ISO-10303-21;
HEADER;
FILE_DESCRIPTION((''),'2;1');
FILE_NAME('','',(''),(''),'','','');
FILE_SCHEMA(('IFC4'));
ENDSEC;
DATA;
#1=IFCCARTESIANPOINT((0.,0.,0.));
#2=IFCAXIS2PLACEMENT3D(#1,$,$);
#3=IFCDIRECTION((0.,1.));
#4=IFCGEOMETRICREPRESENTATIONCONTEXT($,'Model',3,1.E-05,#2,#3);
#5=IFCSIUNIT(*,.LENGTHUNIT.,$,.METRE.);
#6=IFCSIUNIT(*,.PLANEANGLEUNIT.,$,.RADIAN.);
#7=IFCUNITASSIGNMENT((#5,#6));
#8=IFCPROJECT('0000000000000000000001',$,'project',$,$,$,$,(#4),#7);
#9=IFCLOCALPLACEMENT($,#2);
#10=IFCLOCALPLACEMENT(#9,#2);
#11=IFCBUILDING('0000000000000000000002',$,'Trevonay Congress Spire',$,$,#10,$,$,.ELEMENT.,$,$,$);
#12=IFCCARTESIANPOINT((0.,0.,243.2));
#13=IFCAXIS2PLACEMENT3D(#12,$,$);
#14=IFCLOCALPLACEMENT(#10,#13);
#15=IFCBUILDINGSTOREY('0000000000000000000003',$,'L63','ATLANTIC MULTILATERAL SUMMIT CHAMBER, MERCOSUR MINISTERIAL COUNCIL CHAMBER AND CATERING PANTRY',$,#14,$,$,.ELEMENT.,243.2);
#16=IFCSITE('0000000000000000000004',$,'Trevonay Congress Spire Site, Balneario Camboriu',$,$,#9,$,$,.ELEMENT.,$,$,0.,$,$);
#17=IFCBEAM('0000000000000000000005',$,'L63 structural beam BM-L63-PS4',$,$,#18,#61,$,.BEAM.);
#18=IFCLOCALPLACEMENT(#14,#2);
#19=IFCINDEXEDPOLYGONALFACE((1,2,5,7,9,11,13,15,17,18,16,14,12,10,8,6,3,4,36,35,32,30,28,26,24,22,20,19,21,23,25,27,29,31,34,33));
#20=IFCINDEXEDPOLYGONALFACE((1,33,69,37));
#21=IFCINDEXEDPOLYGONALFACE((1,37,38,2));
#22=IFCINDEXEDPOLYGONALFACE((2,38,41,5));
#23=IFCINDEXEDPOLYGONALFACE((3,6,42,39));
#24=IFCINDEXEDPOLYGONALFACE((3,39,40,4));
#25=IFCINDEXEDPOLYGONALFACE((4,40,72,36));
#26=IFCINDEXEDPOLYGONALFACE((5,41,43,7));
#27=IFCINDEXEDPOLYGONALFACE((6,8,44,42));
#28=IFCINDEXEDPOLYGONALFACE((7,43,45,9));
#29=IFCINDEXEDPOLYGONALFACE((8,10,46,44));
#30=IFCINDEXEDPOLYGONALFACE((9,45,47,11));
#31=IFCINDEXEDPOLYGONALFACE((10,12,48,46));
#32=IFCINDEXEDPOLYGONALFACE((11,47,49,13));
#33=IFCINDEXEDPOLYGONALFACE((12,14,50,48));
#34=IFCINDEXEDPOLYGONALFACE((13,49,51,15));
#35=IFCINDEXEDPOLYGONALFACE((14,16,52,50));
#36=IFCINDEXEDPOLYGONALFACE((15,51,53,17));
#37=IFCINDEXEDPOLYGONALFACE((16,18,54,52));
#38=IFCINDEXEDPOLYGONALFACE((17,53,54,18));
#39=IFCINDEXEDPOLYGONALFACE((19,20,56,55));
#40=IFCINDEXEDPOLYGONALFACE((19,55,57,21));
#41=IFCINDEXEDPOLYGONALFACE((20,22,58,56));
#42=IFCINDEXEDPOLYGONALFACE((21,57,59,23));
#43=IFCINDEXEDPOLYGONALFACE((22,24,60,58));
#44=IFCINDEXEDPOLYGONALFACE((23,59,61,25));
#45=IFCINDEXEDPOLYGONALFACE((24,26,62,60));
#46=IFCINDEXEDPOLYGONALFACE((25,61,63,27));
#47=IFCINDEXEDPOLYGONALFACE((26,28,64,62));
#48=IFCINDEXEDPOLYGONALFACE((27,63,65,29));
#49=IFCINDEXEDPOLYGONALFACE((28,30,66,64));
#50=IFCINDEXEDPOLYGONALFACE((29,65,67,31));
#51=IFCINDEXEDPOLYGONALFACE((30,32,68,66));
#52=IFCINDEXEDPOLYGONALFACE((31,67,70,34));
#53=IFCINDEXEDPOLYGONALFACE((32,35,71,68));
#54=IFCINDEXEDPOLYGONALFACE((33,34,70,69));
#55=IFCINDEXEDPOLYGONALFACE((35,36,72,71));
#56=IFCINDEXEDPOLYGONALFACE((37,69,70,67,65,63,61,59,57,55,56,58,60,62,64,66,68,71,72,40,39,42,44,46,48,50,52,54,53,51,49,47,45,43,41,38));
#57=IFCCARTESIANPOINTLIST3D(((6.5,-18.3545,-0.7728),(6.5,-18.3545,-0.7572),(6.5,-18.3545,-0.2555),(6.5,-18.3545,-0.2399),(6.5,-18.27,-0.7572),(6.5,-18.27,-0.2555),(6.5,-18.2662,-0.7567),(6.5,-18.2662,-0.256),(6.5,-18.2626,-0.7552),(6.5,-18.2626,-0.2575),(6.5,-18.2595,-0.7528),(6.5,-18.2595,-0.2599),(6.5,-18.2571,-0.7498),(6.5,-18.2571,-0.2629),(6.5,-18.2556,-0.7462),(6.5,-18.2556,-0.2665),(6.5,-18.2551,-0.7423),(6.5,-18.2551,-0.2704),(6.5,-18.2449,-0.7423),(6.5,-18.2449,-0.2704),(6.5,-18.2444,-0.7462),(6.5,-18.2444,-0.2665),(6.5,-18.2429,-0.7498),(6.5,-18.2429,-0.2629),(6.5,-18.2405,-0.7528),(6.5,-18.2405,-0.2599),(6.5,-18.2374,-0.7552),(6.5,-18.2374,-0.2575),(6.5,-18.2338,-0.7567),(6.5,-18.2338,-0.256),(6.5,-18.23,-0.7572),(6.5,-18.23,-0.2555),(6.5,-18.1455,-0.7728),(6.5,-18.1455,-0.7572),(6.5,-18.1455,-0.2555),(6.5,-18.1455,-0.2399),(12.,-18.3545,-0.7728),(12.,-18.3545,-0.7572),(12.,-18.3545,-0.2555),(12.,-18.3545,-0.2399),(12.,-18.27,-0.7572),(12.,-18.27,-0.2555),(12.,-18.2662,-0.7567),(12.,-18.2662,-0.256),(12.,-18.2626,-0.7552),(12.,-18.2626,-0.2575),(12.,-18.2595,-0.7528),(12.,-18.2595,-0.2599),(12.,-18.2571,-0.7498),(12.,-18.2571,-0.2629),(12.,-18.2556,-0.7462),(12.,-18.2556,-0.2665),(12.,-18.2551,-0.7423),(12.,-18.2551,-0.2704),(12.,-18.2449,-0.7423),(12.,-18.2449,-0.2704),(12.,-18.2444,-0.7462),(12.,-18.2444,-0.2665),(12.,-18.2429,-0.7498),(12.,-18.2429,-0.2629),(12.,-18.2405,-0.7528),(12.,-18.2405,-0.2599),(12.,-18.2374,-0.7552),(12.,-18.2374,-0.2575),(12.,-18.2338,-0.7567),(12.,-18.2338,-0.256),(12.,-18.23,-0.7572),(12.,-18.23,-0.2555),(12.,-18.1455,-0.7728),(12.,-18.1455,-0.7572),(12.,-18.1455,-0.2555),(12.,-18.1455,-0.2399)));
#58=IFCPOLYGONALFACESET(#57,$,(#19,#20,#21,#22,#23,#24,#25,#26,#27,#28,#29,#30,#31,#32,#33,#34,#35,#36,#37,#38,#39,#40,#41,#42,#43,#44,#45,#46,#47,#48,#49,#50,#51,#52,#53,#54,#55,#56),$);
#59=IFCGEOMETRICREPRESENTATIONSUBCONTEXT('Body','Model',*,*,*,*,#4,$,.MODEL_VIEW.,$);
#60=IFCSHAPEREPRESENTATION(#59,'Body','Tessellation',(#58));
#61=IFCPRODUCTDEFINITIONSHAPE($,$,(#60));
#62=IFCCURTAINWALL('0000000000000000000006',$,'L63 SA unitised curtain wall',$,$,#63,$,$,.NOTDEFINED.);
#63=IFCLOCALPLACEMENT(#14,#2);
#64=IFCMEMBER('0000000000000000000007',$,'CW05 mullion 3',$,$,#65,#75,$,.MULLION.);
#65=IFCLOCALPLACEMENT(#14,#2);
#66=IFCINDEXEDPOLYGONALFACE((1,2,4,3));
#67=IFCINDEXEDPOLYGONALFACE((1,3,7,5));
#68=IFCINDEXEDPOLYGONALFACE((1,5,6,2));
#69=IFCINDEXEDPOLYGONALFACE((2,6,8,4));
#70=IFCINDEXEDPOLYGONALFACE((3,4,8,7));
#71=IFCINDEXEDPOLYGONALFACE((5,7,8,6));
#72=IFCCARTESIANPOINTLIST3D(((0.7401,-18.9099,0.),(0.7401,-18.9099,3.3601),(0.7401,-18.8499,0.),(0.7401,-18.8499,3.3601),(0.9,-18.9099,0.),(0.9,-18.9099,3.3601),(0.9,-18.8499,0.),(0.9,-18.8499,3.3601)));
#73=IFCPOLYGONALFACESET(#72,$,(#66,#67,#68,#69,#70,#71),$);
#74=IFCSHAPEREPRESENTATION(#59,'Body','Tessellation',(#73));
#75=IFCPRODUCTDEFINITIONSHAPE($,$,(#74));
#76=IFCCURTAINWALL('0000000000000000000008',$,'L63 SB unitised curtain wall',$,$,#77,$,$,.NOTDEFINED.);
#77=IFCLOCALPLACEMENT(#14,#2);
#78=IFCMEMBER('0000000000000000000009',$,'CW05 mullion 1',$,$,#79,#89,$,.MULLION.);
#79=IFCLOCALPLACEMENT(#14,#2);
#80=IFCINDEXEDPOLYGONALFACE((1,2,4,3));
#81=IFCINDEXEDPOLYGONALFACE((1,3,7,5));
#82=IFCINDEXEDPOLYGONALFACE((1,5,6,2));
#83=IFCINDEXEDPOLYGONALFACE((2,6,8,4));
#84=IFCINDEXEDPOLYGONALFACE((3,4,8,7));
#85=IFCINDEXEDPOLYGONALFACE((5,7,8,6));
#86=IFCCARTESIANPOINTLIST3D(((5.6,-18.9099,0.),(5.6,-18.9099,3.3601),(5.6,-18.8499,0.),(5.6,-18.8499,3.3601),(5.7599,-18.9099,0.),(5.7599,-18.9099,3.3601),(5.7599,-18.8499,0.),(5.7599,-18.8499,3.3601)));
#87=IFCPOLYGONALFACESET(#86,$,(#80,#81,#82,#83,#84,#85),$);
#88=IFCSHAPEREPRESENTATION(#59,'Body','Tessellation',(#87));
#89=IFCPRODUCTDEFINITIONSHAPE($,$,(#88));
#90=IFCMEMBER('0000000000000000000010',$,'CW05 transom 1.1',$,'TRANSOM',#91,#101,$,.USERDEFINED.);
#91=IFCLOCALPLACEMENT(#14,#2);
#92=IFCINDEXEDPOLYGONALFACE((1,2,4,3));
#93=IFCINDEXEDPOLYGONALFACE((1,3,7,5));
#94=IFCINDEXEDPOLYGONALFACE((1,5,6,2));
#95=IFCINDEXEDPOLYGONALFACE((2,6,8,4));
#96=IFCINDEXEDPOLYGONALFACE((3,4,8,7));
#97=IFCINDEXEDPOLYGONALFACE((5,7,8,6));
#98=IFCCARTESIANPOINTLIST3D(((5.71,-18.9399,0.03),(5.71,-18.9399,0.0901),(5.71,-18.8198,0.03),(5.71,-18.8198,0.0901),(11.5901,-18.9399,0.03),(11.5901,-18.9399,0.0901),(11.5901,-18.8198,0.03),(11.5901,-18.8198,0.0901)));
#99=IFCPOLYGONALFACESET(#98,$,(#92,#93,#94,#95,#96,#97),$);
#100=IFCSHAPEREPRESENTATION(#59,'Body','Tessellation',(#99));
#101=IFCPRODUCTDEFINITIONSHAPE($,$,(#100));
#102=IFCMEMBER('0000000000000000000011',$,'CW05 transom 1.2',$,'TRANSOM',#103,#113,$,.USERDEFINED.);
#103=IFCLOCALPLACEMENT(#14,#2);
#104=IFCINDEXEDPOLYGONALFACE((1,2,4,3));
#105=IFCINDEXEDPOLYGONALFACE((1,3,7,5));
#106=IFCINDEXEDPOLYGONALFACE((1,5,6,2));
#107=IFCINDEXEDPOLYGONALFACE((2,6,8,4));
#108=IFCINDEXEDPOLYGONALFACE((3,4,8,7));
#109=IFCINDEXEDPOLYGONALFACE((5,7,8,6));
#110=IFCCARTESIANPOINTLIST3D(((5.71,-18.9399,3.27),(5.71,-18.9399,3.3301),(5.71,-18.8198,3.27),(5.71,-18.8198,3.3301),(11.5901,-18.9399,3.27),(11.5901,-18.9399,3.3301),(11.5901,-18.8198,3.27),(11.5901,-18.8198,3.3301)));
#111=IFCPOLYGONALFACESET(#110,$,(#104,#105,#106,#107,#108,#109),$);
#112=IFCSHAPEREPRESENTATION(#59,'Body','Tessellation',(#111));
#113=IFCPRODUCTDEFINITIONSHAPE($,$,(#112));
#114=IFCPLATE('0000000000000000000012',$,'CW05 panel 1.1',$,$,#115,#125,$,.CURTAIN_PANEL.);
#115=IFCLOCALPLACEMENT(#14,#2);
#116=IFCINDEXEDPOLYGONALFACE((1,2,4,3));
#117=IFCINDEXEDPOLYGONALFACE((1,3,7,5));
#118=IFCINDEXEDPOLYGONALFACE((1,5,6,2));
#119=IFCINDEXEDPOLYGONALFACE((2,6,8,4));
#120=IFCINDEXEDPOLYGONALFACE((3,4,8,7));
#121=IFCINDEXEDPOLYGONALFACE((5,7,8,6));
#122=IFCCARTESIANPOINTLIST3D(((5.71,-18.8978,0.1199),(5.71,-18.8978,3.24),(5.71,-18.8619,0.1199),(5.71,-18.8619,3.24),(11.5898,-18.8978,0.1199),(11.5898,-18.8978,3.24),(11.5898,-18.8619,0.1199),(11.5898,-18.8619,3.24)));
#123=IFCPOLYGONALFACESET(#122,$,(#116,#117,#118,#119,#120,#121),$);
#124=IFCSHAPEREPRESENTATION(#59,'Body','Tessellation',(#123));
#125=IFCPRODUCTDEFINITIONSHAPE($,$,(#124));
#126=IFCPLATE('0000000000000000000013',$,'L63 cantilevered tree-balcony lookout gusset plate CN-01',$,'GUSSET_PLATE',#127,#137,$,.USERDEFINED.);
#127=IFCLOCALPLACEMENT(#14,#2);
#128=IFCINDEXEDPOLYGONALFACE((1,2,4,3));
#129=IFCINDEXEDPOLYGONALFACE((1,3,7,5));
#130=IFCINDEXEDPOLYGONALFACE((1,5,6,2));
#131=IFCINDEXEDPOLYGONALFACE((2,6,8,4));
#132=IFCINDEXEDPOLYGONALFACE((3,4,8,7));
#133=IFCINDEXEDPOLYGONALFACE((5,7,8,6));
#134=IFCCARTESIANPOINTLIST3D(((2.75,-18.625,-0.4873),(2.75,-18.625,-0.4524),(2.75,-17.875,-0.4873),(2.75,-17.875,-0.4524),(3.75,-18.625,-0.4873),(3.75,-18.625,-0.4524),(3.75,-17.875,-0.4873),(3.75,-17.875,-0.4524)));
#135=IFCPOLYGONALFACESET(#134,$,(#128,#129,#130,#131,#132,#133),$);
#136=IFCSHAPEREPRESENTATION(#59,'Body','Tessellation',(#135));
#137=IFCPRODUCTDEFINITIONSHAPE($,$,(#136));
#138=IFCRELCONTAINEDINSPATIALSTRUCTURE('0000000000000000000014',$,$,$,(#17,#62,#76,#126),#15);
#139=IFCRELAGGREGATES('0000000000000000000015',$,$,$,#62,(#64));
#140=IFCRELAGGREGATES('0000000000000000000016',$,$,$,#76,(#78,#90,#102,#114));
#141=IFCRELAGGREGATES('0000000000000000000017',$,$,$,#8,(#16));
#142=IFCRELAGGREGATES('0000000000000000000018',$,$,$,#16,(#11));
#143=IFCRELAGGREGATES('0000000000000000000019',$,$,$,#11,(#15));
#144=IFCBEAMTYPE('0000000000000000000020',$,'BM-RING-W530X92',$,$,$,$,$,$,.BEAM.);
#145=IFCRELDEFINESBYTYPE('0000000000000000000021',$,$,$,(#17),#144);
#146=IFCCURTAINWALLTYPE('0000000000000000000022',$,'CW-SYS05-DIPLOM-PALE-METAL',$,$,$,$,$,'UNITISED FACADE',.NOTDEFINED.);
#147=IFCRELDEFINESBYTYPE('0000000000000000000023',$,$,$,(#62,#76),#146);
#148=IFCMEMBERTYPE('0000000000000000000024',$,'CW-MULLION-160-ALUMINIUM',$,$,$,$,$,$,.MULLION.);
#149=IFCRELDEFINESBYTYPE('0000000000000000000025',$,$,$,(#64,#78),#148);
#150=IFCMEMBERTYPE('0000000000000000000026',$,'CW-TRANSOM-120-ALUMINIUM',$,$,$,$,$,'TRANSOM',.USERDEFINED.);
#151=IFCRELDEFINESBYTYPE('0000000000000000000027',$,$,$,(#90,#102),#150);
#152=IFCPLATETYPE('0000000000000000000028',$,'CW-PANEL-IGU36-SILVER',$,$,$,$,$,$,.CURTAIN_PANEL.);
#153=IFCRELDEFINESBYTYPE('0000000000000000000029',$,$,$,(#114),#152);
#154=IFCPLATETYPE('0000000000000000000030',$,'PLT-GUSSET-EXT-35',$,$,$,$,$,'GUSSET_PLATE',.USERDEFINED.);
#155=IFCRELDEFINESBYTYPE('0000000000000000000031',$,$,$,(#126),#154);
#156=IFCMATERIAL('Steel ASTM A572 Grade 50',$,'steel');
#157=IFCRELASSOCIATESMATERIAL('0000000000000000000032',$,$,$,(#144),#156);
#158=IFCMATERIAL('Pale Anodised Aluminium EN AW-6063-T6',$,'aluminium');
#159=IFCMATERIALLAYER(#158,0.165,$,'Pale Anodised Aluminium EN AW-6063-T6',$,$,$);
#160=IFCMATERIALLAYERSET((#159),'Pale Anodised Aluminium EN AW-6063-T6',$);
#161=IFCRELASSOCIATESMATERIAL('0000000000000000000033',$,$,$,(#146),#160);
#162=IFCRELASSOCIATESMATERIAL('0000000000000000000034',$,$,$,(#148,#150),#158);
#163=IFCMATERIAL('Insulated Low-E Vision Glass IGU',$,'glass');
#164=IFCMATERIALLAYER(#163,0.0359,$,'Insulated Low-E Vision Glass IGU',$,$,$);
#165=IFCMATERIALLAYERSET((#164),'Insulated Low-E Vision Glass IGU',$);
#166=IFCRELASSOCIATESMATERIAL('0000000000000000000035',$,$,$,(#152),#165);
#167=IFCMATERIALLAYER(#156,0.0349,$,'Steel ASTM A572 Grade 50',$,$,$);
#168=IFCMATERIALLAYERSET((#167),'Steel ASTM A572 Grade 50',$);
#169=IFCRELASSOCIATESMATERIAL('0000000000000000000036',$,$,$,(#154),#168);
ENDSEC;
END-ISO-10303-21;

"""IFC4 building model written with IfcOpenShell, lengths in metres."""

from ifc_helpers import new_model, si_unit, direction, frame, origin, origin_2d, place, context, subcontext, project, spatial, rectangle, i_section, extrude, material, layer, layer_set, material_profile, profile_set, type_object, element, aggregate, save


model = new_model("IFC4")

# Units and contexts
model_context = context("Model", 3, precision=1e-05, world=origin(), true_north=direction((0.0, 1.0)))
body_context = subcontext(model_context, "Body", "Model", "MODEL_VIEW")
ifc_project = project(units=[si_unit("LENGTHUNIT", "METRE"), si_unit("PLANEANGLEUNIT", "RADIAN")], contexts=[model_context])

# Site, building, storey
site_placement = place(None, origin())
site = spatial("IfcSite", under=ifc_project, at=site_placement, Name="Trevonay Congress Spire Site, Balneario Camboriu", CompositionType="ELEMENT", RefElevation=0.0)
building_placement = place(site_placement, origin())
building = spatial("IfcBuilding", under=site, at=building_placement, Name="Trevonay Congress Spire", CompositionType="ELEMENT")
storey_placement = place(building_placement, frame((0.0, 0.0, 243.2)))
storey = spatial("IfcBuildingStorey", under=building, at=storey_placement, Name="L63", Description="ATLANTIC MULTILATERAL SUMMIT CHAMBER, MERCOSUR MINISTERIAL COUNCIL CHAMBER AND CATERING PANTRY", CompositionType="ELEMENT", Elevation=243.2)

# Shared definitions
ifc_material_1 = material(Name="Steel ASTM A572 Grade 50", Category="steel")

# Beam
ifc_material_profile_1 = material_profile(ifc_material_1, i_section(OverallWidth=0.209, OverallDepth=0.533, WebThickness=0.0103, FlangeThickness=0.0156, FilletRadius=0.0149, at=origin_2d()), Name="W530x92")
ifc_profile_set_1 = profile_set([ifc_material_profile_1], Name="Steel ASTM A572 Grade 50")
beam_type_1 = type_object("IfcBeamType", Name="BM-RING-W530X92", PredefinedType="BEAM", material=ifc_profile_set_1)
beam_1_placement = place(storey_placement, frame((6.5, -18.25, -0.5063), z_axis=(1.0, 0.0, 0.0), x_axis=(0.0, 1.0, 0.0)))
element("IfcBeam", 1, at=beam_1_placement, inside=storey, type_object=beam_type_1, Name="L63 structural beam BM-L63-PS4", PredefinedType="BEAM", context=body_context, shape_type="SweptSolid", body=[
    extrude(i_section(OverallWidth=0.209, OverallDepth=0.533, WebThickness=0.0103, FlangeThickness=0.0156, FilletRadius=0.0149, at=origin_2d()), origin(), (0.0, 0.0, 1.0), 5.5),
])

# Curtain wall, member
ifc_material_2 = material(Name="Pale Anodised Aluminium EN AW-6063-T6", Category="aluminium")
ifc_layer_1 = layer(ifc_material_2, 0.165, Name="Pale Anodised Aluminium EN AW-6063-T6")
ifc_layer_set_1 = layer_set([ifc_layer_1], Name="Pale Anodised Aluminium EN AW-6063-T6")
curtain_wall_type = type_object("IfcCurtainWallType", Name="CW-SYS05-DIPLOM-PALE-METAL", ElementType="UNITISED FACADE", PredefinedType="NOTDEFINED", material=ifc_layer_set_1)
curtain_wall_1_placement = place(storey_placement, origin())
curtain_wall_1 = element("IfcCurtainWall", 2, at=curtain_wall_1_placement, inside=storey, type_object=curtain_wall_type, Name="L63 SA unitised curtain wall", PredefinedType="NOTDEFINED")
ifc_material_profile_2 = material_profile(ifc_material_2, rectangle(XDim=0.0601, YDim=0.1599, at=origin_2d()), Name="CW-MULLION-160-ALUMINIUM")
ifc_profile_set_2 = profile_set([ifc_material_profile_2], Name="Pale Anodised Aluminium EN AW-6063-T6")
member_type_1 = type_object("IfcMemberType", Name="CW-MULLION-160-ALUMINIUM", PredefinedType="MULLION", material=ifc_profile_set_2)
member_1_placement = place(storey_placement, frame((0.8201, -18.8799, 0.0), z_axis=(0.0, 0.0, 1.0), x_axis=(0.0, 1.0, 0.0)))
member_1 = element("IfcMember", 3, at=member_1_placement, type_object=member_type_1, Name="CW05 mullion 3", PredefinedType="MULLION", context=body_context, shape_type="SweptSolid", body=[
    extrude(rectangle(XDim=0.0601, YDim=0.1599, at=origin_2d()), origin(), (0.0, 0.0, 1.0), 3.3601),
])
aggregate(curtain_wall_1, [member_1])

# Curtain wall, members, plate
curtain_wall_2_placement = place(storey_placement, origin())
curtain_wall_2 = element("IfcCurtainWall", 4, at=curtain_wall_2_placement, inside=storey, type_object=curtain_wall_type, Name="L63 SB unitised curtain wall", PredefinedType="NOTDEFINED")
member_2_placement = place(storey_placement, frame((5.6799, -18.8799, 0.0), z_axis=(0.0, 0.0, 1.0), x_axis=(0.0, 1.0, 0.0)))
member_2 = element("IfcMember", 5, at=member_2_placement, type_object=member_type_1, Name="CW05 mullion 1", PredefinedType="MULLION", context=body_context, shape_type="SweptSolid", body=[
    extrude(rectangle(XDim=0.0601, YDim=0.1599, at=origin_2d()), origin(), (0.0, 0.0, 1.0), 3.3601),
])
ifc_material_profile_3 = material_profile(ifc_material_2, rectangle(XDim=0.1201, YDim=0.0601, at=origin_2d()), Name="CW-TRANSOM-120-ALUMINIUM")
ifc_profile_set_3 = profile_set([ifc_material_profile_3], Name="Pale Anodised Aluminium EN AW-6063-T6")
member_type_2 = type_object("IfcMemberType", Name="CW-TRANSOM-120-ALUMINIUM", ElementType="TRANSOM", PredefinedType="USERDEFINED", material=ifc_profile_set_3)
member_3_placement = place(storey_placement, frame((5.71, -18.8799, 0.0601), z_axis=(1.0, 0.0, 0.0), x_axis=(0.0, 1.0, 0.0)))
member_3 = element("IfcMember", 6, at=member_3_placement, type_object=member_type_2, Name="CW05 transom 1.1", ObjectType="TRANSOM", PredefinedType="USERDEFINED", context=body_context, shape_type="SweptSolid", body=[
    extrude(rectangle(XDim=0.1201, YDim=0.0601, at=origin_2d()), origin(), (0.0, 0.0, 1.0), 5.8801),
])
member_4_placement = place(storey_placement, frame((5.71, -18.8799, 3.3), z_axis=(1.0, 0.0, 0.0), x_axis=(0.0, 1.0, 0.0)))
member_4 = element("IfcMember", 7, at=member_4_placement, type_object=member_type_2, Name="CW05 transom 1.2", ObjectType="TRANSOM", PredefinedType="USERDEFINED", context=body_context, shape_type="SweptSolid", body=[
    extrude(rectangle(XDim=0.1201, YDim=0.0601, at=origin_2d()), origin(), (0.0, 0.0, 1.0), 5.8801),
])
ifc_material_3 = material(Name="Insulated Low-E Vision Glass IGU", Category="glass")
ifc_layer_2 = layer(ifc_material_3, 0.0359, Name="Insulated Low-E Vision Glass IGU")
ifc_layer_set_2 = layer_set([ifc_layer_2], Name="Insulated Low-E Vision Glass IGU")
plate_type_1 = type_object("IfcPlateType", Name="CW-PANEL-IGU36-SILVER", PredefinedType="CURTAIN_PANEL", material=ifc_layer_set_2)
plate_1_placement = place(storey_placement, frame((8.6499, -18.8799, 0.1199), z_axis=(0.0, 0.0, 1.0), x_axis=(1.0, 0.0, 0.0)))
plate_1 = element("IfcPlate", 8, at=plate_1_placement, type_object=plate_type_1, Name="CW05 panel 1.1", PredefinedType="CURTAIN_PANEL", context=body_context, shape_type="SweptSolid", body=[
    extrude(rectangle(XDim=5.8799, YDim=0.0359, at=origin_2d()), origin(), (0.0, 0.0, 1.0), 3.1201),
])
aggregate(curtain_wall_2, [member_2, member_3, member_4, plate_1])

# Plate
ifc_layer_3 = layer(ifc_material_1, 0.0349, Name="Steel ASTM A572 Grade 50")
ifc_layer_set_3 = layer_set([ifc_layer_3], Name="Steel ASTM A572 Grade 50")
plate_type_2 = type_object("IfcPlateType", Name="PLT-GUSSET-EXT-35", ElementType="GUSSET_PLATE", PredefinedType="USERDEFINED", material=ifc_layer_set_3)
plate_2_placement = place(storey_placement, frame((3.25, -18.25, -0.4873), z_axis=(0.0, 0.0, 1.0), x_axis=(1.0, 0.0, 0.0)))
element("IfcPlate", 9, at=plate_2_placement, inside=storey, type_object=plate_type_2, Name="L63 cantilevered tree-balcony lookout gusset plate CN-01", ObjectType="GUSSET_PLATE", PredefinedType="USERDEFINED", context=body_context, shape_type="SweptSolid", body=[
    extrude(rectangle(XDim=1.0, YDim=0.75, at=origin_2d()), origin(), (0.0, 0.0, 1.0), 0.0349),
])

save(model, "model.ifc")
